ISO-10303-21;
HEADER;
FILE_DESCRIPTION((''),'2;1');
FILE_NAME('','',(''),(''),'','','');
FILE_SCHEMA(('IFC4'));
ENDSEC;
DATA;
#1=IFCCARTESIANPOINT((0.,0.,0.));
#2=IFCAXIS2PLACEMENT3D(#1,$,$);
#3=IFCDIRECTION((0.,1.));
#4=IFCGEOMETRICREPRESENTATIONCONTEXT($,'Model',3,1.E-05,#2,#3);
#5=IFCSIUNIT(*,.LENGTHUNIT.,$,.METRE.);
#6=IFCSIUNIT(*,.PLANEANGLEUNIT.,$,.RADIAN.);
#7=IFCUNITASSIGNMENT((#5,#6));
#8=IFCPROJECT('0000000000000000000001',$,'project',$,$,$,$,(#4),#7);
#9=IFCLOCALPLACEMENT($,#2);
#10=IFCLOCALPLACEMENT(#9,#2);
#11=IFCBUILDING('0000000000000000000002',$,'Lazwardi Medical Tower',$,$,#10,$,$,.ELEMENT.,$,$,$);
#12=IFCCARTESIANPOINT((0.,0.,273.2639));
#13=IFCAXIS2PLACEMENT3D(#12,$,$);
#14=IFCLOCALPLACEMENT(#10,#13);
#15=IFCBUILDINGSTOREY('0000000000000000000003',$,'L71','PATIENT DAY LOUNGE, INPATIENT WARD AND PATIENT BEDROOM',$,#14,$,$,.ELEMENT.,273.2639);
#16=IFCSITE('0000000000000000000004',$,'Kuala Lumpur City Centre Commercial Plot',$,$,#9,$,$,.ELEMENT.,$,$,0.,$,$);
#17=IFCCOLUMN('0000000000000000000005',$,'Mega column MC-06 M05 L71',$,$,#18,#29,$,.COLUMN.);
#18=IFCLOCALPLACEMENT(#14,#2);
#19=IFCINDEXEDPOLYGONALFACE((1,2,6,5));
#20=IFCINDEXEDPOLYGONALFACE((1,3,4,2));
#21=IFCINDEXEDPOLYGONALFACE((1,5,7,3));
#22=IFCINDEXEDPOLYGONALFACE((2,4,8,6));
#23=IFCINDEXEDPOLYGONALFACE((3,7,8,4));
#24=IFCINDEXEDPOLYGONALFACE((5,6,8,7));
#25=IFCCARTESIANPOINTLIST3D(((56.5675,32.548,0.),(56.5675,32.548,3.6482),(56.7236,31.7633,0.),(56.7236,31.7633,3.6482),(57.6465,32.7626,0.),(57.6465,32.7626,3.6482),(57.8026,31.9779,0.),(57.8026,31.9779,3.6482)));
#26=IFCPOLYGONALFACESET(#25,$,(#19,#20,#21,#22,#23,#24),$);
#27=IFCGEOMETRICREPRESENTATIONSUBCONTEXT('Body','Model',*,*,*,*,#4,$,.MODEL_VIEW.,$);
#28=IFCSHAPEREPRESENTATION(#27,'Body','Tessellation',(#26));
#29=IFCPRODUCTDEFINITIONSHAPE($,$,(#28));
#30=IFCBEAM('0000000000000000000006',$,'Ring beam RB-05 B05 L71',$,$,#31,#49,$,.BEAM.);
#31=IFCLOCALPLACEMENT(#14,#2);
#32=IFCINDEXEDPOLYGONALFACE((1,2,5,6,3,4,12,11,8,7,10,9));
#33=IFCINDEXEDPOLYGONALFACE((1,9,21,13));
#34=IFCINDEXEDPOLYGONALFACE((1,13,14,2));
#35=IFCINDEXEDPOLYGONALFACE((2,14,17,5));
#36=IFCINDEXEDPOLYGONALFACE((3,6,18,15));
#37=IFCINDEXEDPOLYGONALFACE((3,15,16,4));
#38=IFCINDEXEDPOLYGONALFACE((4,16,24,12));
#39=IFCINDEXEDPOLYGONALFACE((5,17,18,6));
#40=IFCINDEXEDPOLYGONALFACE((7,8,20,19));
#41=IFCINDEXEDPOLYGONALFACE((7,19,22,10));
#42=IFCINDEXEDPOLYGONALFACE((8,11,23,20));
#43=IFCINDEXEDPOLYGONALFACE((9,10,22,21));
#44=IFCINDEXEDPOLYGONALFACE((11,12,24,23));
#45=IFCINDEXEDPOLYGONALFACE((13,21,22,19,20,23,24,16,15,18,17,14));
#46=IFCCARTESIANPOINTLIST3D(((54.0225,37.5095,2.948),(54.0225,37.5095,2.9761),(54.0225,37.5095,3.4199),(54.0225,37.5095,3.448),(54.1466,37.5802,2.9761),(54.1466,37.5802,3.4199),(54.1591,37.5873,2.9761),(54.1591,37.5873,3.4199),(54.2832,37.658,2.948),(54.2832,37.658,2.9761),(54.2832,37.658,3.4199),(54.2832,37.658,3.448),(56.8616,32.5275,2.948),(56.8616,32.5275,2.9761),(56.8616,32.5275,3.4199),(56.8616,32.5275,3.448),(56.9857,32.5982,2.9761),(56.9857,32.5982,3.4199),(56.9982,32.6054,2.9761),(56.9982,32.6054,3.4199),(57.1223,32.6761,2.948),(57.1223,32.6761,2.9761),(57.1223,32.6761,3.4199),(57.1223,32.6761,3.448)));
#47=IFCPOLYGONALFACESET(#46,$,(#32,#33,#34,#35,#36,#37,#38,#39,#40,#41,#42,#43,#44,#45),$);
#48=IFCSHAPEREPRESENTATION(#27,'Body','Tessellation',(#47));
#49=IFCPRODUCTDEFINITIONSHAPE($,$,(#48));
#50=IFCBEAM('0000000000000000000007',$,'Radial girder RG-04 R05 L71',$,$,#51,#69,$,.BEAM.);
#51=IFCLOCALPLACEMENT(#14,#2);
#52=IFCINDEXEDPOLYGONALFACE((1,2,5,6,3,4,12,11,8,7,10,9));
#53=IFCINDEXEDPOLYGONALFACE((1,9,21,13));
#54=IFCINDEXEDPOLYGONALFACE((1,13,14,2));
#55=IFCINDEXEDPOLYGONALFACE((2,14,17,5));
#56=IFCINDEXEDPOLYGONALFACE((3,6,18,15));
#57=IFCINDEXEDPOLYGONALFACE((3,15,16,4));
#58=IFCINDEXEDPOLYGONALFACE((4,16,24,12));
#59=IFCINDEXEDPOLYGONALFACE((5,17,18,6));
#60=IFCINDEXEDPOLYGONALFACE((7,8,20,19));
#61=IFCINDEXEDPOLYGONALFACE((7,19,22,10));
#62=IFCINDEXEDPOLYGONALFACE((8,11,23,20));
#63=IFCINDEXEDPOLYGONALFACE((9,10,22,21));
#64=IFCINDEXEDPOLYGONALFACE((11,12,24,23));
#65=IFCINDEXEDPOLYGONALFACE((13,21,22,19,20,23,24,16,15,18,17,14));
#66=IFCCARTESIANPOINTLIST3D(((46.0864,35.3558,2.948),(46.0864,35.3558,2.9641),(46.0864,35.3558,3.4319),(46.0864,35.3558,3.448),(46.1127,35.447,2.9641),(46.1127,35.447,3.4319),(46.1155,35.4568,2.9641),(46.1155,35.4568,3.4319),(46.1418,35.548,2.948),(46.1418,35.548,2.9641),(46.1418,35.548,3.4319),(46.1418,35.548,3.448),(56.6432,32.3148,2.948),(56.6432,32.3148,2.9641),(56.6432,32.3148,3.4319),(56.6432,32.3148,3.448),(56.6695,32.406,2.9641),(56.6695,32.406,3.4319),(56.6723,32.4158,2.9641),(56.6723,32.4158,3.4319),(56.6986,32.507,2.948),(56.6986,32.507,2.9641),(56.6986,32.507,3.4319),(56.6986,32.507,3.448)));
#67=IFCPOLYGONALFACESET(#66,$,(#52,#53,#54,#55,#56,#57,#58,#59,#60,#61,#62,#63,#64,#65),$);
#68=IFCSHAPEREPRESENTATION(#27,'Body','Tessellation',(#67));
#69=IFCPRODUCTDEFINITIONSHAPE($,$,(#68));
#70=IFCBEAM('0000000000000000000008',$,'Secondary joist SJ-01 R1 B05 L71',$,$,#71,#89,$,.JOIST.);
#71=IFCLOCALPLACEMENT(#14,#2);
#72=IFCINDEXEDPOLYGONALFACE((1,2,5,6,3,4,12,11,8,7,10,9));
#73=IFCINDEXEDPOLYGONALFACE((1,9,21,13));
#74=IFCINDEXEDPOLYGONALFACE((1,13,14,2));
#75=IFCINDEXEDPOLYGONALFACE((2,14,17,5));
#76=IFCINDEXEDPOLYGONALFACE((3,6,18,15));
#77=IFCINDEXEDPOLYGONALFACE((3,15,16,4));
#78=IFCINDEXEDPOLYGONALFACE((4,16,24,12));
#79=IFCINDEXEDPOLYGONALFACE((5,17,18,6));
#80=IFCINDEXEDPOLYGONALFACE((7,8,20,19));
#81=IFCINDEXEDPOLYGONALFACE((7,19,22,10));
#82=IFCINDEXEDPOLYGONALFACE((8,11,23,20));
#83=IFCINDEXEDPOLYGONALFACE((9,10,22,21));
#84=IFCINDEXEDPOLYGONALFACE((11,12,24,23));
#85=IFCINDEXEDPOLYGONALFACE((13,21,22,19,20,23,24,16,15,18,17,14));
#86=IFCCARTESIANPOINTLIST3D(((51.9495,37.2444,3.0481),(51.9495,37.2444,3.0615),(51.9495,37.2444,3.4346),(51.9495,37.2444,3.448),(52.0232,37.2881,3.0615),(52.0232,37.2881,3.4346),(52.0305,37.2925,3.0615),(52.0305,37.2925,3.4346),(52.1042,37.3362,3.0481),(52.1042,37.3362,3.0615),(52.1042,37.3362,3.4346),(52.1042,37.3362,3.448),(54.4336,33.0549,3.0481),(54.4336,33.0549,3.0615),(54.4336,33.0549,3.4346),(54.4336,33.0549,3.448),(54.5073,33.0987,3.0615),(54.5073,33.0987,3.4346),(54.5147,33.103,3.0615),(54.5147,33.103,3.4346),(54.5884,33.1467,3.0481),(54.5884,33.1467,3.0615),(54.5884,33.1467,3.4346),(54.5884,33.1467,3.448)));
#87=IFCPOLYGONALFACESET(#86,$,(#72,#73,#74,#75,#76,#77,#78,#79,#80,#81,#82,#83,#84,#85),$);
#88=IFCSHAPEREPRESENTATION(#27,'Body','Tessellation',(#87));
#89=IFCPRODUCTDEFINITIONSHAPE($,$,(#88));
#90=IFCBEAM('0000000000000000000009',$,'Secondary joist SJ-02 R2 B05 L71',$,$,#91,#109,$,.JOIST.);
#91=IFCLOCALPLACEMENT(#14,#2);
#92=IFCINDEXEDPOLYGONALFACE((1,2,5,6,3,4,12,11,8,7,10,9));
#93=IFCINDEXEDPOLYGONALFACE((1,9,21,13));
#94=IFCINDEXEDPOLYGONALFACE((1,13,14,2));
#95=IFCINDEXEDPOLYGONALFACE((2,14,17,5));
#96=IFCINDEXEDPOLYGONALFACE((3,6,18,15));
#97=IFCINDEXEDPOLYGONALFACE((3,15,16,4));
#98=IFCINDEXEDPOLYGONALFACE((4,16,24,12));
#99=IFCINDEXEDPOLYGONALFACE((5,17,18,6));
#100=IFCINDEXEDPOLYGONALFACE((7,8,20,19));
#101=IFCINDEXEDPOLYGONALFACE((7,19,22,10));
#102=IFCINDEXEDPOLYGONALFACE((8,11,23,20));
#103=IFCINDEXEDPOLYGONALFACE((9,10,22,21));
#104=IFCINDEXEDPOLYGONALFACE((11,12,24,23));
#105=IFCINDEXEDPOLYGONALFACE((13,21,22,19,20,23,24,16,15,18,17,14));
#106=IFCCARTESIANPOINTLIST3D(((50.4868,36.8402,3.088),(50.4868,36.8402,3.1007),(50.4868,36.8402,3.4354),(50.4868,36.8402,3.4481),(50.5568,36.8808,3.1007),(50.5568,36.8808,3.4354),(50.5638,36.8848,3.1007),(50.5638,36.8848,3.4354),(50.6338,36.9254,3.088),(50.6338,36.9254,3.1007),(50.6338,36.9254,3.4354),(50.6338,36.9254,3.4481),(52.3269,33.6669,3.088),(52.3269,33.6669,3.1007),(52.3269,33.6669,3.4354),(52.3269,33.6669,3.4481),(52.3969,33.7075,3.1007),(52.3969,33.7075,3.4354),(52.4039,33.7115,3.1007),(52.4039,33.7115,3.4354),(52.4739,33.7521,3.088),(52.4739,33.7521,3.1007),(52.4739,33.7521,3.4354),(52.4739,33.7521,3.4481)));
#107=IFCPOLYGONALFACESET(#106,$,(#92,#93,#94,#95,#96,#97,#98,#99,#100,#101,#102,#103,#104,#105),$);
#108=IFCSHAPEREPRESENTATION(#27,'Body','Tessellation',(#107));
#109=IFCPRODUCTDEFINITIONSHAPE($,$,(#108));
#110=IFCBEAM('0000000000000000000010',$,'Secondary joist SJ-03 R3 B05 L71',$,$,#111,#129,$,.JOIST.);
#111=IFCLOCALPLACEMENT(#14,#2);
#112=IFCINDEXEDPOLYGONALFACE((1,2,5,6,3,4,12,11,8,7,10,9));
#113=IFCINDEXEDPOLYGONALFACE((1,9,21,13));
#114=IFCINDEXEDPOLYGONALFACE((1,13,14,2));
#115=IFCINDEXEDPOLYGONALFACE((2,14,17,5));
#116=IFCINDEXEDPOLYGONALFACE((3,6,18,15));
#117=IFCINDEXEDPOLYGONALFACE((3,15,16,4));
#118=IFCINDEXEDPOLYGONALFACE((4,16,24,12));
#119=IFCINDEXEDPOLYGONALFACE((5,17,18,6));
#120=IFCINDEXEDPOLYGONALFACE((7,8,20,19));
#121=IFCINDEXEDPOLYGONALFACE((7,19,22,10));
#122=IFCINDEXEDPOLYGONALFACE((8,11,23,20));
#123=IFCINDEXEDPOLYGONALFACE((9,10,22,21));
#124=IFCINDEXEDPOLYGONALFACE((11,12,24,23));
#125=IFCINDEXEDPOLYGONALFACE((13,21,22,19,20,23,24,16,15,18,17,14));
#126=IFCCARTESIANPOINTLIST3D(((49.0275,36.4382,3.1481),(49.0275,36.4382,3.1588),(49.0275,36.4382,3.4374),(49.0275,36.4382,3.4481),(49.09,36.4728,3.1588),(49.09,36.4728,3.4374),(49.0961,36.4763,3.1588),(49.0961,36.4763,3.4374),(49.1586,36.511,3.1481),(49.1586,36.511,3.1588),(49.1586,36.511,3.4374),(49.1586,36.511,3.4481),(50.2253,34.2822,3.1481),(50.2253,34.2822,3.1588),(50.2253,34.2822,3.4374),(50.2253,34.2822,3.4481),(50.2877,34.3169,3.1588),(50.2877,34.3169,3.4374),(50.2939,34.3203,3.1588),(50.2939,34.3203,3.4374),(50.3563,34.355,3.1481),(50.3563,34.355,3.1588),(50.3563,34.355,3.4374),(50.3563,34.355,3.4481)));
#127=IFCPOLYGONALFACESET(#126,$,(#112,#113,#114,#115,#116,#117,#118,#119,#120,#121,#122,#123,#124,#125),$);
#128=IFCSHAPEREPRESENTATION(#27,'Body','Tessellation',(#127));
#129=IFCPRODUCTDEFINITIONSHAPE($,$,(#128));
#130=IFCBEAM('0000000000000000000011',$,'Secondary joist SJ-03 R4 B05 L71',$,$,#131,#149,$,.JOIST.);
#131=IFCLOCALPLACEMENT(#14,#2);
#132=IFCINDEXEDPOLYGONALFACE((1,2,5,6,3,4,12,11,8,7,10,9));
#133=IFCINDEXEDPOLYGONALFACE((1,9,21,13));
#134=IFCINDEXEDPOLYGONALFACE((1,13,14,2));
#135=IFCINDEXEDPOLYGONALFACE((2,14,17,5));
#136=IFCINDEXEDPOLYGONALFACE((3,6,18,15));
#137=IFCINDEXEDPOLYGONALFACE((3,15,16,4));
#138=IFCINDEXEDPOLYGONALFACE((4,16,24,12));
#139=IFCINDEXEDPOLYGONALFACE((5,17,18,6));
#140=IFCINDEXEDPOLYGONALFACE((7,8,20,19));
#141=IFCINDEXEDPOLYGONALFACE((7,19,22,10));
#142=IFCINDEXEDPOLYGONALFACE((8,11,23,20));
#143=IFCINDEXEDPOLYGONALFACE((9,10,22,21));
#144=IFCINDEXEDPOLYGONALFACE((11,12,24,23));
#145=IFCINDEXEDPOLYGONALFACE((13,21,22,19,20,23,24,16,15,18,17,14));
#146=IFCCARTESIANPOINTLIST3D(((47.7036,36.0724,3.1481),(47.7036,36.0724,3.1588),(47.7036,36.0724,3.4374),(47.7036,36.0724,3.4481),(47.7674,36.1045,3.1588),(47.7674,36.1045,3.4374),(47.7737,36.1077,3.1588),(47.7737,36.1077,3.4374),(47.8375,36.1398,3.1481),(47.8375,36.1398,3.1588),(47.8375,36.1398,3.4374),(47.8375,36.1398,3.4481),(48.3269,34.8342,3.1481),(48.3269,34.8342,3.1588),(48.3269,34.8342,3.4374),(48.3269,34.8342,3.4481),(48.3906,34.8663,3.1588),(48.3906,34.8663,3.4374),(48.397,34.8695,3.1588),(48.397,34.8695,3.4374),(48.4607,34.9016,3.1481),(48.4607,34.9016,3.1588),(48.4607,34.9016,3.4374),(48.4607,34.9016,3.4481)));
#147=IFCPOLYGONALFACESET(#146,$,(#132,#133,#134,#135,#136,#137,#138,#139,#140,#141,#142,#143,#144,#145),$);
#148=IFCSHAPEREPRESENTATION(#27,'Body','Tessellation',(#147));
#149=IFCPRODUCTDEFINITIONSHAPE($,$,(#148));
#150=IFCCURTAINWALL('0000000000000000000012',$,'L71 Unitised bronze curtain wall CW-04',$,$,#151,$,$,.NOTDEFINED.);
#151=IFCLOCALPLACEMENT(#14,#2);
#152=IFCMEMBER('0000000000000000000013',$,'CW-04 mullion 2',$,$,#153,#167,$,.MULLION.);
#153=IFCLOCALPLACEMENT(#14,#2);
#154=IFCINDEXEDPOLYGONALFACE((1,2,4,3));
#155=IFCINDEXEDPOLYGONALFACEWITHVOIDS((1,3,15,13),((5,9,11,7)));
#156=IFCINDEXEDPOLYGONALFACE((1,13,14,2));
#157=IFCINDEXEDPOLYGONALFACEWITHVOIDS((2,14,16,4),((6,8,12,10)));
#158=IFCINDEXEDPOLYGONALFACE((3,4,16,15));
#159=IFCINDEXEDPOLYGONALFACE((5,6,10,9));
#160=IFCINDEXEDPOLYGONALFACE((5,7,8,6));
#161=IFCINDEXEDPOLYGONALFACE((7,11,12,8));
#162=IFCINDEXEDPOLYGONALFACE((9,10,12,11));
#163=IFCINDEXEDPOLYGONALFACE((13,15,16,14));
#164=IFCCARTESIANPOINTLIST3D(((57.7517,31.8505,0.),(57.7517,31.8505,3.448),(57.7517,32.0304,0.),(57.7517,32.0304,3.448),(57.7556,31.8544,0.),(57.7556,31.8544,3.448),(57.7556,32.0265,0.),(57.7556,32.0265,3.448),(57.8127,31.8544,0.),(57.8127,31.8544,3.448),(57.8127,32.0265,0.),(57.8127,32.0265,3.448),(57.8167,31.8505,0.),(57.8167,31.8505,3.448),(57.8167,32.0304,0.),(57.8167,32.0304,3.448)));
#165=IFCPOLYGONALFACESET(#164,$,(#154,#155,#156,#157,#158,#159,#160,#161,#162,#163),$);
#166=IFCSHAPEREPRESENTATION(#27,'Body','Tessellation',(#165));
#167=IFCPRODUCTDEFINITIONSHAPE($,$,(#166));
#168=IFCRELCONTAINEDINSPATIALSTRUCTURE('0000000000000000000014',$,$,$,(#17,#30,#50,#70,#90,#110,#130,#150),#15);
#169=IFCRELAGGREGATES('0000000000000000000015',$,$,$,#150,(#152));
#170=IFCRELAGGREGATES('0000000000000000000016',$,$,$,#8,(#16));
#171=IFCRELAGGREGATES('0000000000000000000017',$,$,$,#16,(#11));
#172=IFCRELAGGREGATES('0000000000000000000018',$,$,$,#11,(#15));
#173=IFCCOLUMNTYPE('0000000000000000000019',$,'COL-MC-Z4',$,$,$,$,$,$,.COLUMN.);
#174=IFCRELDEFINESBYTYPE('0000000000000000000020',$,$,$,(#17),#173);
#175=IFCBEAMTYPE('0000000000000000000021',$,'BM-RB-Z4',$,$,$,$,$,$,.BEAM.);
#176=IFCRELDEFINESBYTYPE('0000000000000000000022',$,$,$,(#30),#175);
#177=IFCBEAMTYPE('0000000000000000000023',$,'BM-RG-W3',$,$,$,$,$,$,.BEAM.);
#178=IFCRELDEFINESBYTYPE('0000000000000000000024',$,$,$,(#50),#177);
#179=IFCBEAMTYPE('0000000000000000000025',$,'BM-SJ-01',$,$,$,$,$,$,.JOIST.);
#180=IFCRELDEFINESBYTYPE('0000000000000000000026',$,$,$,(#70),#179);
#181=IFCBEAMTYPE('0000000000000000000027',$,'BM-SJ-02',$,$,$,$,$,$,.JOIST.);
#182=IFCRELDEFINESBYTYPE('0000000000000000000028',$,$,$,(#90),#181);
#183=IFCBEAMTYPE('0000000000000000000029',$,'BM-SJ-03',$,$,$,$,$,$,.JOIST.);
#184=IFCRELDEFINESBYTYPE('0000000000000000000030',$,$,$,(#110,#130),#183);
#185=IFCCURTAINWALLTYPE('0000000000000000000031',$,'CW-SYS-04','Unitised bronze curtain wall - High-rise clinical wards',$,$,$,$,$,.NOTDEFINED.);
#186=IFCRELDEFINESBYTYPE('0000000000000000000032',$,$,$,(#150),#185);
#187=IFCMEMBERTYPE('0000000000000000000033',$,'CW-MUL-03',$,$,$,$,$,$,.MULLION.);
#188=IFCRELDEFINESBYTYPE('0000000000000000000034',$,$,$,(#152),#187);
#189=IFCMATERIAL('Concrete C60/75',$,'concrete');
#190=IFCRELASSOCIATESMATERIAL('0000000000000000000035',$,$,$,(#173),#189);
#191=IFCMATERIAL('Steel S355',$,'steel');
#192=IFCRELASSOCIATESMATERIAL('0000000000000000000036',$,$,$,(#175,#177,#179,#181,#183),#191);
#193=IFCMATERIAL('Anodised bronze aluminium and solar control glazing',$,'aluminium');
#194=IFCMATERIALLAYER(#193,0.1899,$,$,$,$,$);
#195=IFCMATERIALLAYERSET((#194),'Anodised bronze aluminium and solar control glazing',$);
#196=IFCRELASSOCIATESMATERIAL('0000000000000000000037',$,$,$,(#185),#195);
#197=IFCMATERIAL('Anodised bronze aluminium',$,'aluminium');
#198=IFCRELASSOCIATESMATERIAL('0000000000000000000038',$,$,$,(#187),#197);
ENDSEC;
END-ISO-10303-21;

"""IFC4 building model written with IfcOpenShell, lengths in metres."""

from ifc_helpers import new_model, si_unit, direction, frame, origin, origin_2d, place, context, subcontext, project, spatial, rectangle, hollow_rectangle, i_section, extrude, material, layer, layer_set, material_profile, profile_set, type_object, element, aggregate, save


model = new_model("IFC4")

# Units and contexts
model_context = context("Model", 3, precision=1e-05, world=origin(), true_north=direction((0.0, 1.0)))
body_context = subcontext(model_context, "Body", "Model", "MODEL_VIEW")
ifc_project = project(units=[si_unit("LENGTHUNIT", "METRE"), si_unit("PLANEANGLEUNIT", "RADIAN")], contexts=[model_context])

# Site, building, storey
site_placement = place(None, origin())
site = spatial("IfcSite", under=ifc_project, at=site_placement, Name="Kuala Lumpur City Centre Commercial Plot", CompositionType="ELEMENT", RefElevation=0.0)
building_placement = place(site_placement, origin())
building = spatial("IfcBuilding", under=site, at=building_placement, Name="Lazwardi Medical Tower", CompositionType="ELEMENT")
storey_placement = place(building_placement, frame((0.0, 0.0, 273.2639)))
storey = spatial("IfcBuildingStorey", under=building, at=storey_placement, Name="L71", Description="PATIENT DAY LOUNGE, INPATIENT WARD AND PATIENT BEDROOM", CompositionType="ELEMENT", Elevation=273.2639)

# Column
ifc_material_1 = material(Name="Concrete C60/75", Category="concrete")
ifc_material_profile_1 = material_profile(ifc_material_1, rectangle(XDim=1.1001, YDim=0.8, at=origin_2d()), Name="CFT-RECT 1100x800")
ifc_profile_set_1 = profile_set([ifc_material_profile_1], Name="Concrete C60/75")
column_type = type_object("IfcColumnType", Name="COL-MC-Z4", PredefinedType="COLUMN", material=ifc_profile_set_1)
column_placement = place(storey_placement, frame((57.1851, 32.2629, 0.0), z_axis=(0.0, 0.0, 1.0), x_axis=(0.980785, 0.19509, 0.0)))
element("IfcColumn", 1, at=column_placement, inside=storey, type_object=column_type, Name="Mega column MC-06 M05 L71", PredefinedType="COLUMN", context=body_context, shape_type="SweptSolid", body=[
    extrude(rectangle(XDim=1.1001, YDim=0.8, at=origin_2d()), origin(), (0.0, 0.0, 1.0), 3.6482),
])

# Beams
ifc_material_2 = material(Name="Steel S355", Category="steel")
ifc_material_profile_2 = material_profile(ifc_material_2, i_section(OverallWidth=0.3, OverallDepth=0.5, WebThickness=0.0144, FlangeThickness=0.0281, at=origin_2d()), Name="HEB 500")
ifc_profile_set_2 = profile_set([ifc_material_profile_2], Name="Steel S355")
beam_type_1 = type_object("IfcBeamType", Name="BM-RB-Z4", PredefinedType="BEAM", material=ifc_profile_set_2)
beam_1_placement = place(storey_placement, frame((56.9919, 32.6018, 3.198), z_axis=(-0.495125, 0.868822, 0.0), x_axis=(-0.868822, -0.495125, 0.0)))
element("IfcBeam", 2, at=beam_1_placement, inside=storey, type_object=beam_type_1, Name="Ring beam RB-05 B05 L71", PredefinedType="BEAM", context=body_context, shape_type="SweptSolid", body=[
    extrude(i_section(OverallWidth=0.3, OverallDepth=0.5, WebThickness=0.0144, FlangeThickness=0.0281, at=origin_2d()), origin(), (0.0, 0.0, 1.0), 5.7341),
])
ifc_material_profile_3 = material_profile(ifc_material_2, i_section(OverallWidth=0.2, OverallDepth=0.5, WebThickness=0.0103, FlangeThickness=0.0161, at=origin_2d()), Name="IPE 500")
ifc_profile_set_3 = profile_set([ifc_material_profile_3], Name="Steel S355")
beam_type_2 = type_object("IfcBeamType", Name="BM-RG-W3", PredefinedType="BEAM", material=ifc_profile_set_3)
beam_2_placement = place(storey_placement, frame((56.6709, 32.4109, 3.198), z_axis=(-0.960926, 0.276804, 0.0), x_axis=(-0.276804, -0.960926, 0.0)))
element("IfcBeam", 3, at=beam_2_placement, inside=storey, type_object=beam_type_2, Name="Radial girder RG-04 R05 L71", PredefinedType="BEAM", context=body_context, shape_type="SweptSolid", body=[
    extrude(i_section(OverallWidth=0.2, OverallDepth=0.5, WebThickness=0.0103, FlangeThickness=0.0161, at=origin_2d()), origin(), (0.0, 0.0, 1.0), 10.9861),
])
ifc_material_profile_4 = material_profile(ifc_material_2, i_section(OverallWidth=0.1799, OverallDepth=0.3999, WebThickness=0.0085, FlangeThickness=0.0134, at=origin_2d()), Name="IPE 400")
ifc_profile_set_4 = profile_set([ifc_material_profile_4], Name="Steel S355")
beam_type_3 = type_object("IfcBeamType", Name="BM-SJ-01", PredefinedType="JOIST", material=ifc_profile_set_4)
beam_3_placement = place(storey_placement, frame((54.511, 33.1008, 3.248), z_axis=(-0.510029, 0.860157, 0.0), x_axis=(-0.860157, -0.510029, 0.0)))
element("IfcBeam", 4, at=beam_3_placement, inside=storey, type_object=beam_type_3, Name="Secondary joist SJ-01 R1 B05 L71", PredefinedType="JOIST", context=body_context, shape_type="SweptSolid", body=[
    extrude(i_section(OverallWidth=0.1799, OverallDepth=0.3999, WebThickness=0.0085, FlangeThickness=0.0134, at=origin_2d()), origin(), (0.0, 0.0, 1.0), 4.8706),
])
ifc_material_profile_5 = material_profile(ifc_material_2, i_section(OverallWidth=0.1699, OverallDepth=0.3601, WebThickness=0.0081, FlangeThickness=0.0127, at=origin_2d()), Name="IPE 360")
ifc_profile_set_5 = profile_set([ifc_material_profile_5], Name="Steel S355")
beam_type_4 = type_object("IfcBeamType", Name="BM-SJ-02", PredefinedType="JOIST", material=ifc_profile_set_5)
beam_4_placement = place(storey_placement, frame((52.4004, 33.7095, 3.2681), z_axis=(-0.501626, 0.865084, 0.0), x_axis=(-0.865084, -0.501626, 0.0)))
element("IfcBeam", 5, at=beam_4_placement, inside=storey, type_object=beam_type_4, Name="Secondary joist SJ-02 R2 B05 L71", PredefinedType="JOIST", context=body_context, shape_type="SweptSolid", body=[
    extrude(i_section(OverallWidth=0.1699, OverallDepth=0.3601, WebThickness=0.0081, FlangeThickness=0.0127, at=origin_2d()), origin(), (0.0, 0.0, 1.0), 3.6682),
])
ifc_material_profile_6 = material_profile(ifc_material_2, i_section(OverallWidth=0.1499, OverallDepth=0.3, WebThickness=0.0071, FlangeThickness=0.0107, at=origin_2d()), Name="IPE 300")
ifc_profile_set_6 = profile_set([ifc_material_profile_6], Name="Steel S355")
beam_type_5 = type_object("IfcBeamType", Name="BM-SJ-03", PredefinedType="JOIST", material=ifc_profile_set_6)
beam_5_placement = place(storey_placement, frame((50.2908, 34.3186, 3.2981), z_axis=(-0.485635, 0.874162, 0.0), x_axis=(-0.874162, -0.485635, 0.0)))
element("IfcBeam", 6, at=beam_5_placement, inside=storey, type_object=beam_type_5, Name="Secondary joist SJ-03 R3 B05 L71", PredefinedType="JOIST", context=body_context, shape_type="SweptSolid", body=[
    extrude(i_section(OverallWidth=0.1499, OverallDepth=0.3, WebThickness=0.0071, FlangeThickness=0.0107, at=origin_2d()), origin(), (0.0, 0.0, 1.0), 2.4663),
])
beam_6_placement = place(storey_placement, frame((48.3938, 34.8679, 3.2981), z_axis=(-0.449607, 0.893226, 0.0), x_axis=(-0.893226, -0.449607, 0.0)))
element("IfcBeam", 7, at=beam_6_placement, inside=storey, type_object=beam_type_5, Name="Secondary joist SJ-03 R4 B05 L71", PredefinedType="JOIST", context=body_context, shape_type="SweptSolid", body=[
    extrude(i_section(OverallWidth=0.1499, OverallDepth=0.3, WebThickness=0.0071, FlangeThickness=0.0107, at=origin_2d()), origin(), (0.0, 0.0, 1.0), 1.3862),
])

# Curtain wall, member
ifc_material_3 = material(Name="Anodised bronze aluminium and solar control glazing", Category="aluminium")
ifc_layer_1 = layer(ifc_material_3, 0.1899)
ifc_layer_set_1 = layer_set([ifc_layer_1], Name="Anodised bronze aluminium and solar control glazing")
curtain_wall_type = type_object("IfcCurtainWallType", Name="CW-SYS-04", Description="Unitised bronze curtain wall - High-rise clinical wards", PredefinedType="NOTDEFINED", material=ifc_layer_set_1)
curtain_wall_1_placement = place(storey_placement, origin())
curtain_wall_1 = element("IfcCurtainWall", 8, at=curtain_wall_1_placement, inside=storey, type_object=curtain_wall_type, Name="L71 Unitised bronze curtain wall CW-04", PredefinedType="NOTDEFINED")
ifc_material_4 = material(Name="Anodised bronze aluminium", Category="aluminium")
ifc_material_profile_7 = material_profile(ifc_material_4, hollow_rectangle(XDim=0.0649, YDim=0.1799, WallThickness=0.0039, at=origin_2d()), Name="ALU-MULLION 180x65x4")
ifc_profile_set_7 = profile_set([ifc_material_profile_7], Name="Anodised bronze aluminium")
member_type_1 = type_object("IfcMemberType", Name="CW-MUL-03", PredefinedType="MULLION", material=ifc_profile_set_7)
member_1_placement = place(storey_placement, frame((57.7842, 31.9404, 0.0), z_axis=(0.0, 0.0, 1.0), x_axis=(-1.0, 0.0, 0.0)))
member_1 = element("IfcMember", 9, at=member_1_placement, type_object=member_type_1, Name="CW-04 mullion 2", PredefinedType="MULLION", context=body_context, shape_type="SweptSolid", body=[
    extrude(hollow_rectangle(XDim=0.0649, YDim=0.1799, WallThickness=0.0039, at=origin_2d()), origin(), (0.0, 0.0, 1.0), 3.448),
])

aggregate(curtain_wall_1, [member_1])

save(model, "model.ifc")
